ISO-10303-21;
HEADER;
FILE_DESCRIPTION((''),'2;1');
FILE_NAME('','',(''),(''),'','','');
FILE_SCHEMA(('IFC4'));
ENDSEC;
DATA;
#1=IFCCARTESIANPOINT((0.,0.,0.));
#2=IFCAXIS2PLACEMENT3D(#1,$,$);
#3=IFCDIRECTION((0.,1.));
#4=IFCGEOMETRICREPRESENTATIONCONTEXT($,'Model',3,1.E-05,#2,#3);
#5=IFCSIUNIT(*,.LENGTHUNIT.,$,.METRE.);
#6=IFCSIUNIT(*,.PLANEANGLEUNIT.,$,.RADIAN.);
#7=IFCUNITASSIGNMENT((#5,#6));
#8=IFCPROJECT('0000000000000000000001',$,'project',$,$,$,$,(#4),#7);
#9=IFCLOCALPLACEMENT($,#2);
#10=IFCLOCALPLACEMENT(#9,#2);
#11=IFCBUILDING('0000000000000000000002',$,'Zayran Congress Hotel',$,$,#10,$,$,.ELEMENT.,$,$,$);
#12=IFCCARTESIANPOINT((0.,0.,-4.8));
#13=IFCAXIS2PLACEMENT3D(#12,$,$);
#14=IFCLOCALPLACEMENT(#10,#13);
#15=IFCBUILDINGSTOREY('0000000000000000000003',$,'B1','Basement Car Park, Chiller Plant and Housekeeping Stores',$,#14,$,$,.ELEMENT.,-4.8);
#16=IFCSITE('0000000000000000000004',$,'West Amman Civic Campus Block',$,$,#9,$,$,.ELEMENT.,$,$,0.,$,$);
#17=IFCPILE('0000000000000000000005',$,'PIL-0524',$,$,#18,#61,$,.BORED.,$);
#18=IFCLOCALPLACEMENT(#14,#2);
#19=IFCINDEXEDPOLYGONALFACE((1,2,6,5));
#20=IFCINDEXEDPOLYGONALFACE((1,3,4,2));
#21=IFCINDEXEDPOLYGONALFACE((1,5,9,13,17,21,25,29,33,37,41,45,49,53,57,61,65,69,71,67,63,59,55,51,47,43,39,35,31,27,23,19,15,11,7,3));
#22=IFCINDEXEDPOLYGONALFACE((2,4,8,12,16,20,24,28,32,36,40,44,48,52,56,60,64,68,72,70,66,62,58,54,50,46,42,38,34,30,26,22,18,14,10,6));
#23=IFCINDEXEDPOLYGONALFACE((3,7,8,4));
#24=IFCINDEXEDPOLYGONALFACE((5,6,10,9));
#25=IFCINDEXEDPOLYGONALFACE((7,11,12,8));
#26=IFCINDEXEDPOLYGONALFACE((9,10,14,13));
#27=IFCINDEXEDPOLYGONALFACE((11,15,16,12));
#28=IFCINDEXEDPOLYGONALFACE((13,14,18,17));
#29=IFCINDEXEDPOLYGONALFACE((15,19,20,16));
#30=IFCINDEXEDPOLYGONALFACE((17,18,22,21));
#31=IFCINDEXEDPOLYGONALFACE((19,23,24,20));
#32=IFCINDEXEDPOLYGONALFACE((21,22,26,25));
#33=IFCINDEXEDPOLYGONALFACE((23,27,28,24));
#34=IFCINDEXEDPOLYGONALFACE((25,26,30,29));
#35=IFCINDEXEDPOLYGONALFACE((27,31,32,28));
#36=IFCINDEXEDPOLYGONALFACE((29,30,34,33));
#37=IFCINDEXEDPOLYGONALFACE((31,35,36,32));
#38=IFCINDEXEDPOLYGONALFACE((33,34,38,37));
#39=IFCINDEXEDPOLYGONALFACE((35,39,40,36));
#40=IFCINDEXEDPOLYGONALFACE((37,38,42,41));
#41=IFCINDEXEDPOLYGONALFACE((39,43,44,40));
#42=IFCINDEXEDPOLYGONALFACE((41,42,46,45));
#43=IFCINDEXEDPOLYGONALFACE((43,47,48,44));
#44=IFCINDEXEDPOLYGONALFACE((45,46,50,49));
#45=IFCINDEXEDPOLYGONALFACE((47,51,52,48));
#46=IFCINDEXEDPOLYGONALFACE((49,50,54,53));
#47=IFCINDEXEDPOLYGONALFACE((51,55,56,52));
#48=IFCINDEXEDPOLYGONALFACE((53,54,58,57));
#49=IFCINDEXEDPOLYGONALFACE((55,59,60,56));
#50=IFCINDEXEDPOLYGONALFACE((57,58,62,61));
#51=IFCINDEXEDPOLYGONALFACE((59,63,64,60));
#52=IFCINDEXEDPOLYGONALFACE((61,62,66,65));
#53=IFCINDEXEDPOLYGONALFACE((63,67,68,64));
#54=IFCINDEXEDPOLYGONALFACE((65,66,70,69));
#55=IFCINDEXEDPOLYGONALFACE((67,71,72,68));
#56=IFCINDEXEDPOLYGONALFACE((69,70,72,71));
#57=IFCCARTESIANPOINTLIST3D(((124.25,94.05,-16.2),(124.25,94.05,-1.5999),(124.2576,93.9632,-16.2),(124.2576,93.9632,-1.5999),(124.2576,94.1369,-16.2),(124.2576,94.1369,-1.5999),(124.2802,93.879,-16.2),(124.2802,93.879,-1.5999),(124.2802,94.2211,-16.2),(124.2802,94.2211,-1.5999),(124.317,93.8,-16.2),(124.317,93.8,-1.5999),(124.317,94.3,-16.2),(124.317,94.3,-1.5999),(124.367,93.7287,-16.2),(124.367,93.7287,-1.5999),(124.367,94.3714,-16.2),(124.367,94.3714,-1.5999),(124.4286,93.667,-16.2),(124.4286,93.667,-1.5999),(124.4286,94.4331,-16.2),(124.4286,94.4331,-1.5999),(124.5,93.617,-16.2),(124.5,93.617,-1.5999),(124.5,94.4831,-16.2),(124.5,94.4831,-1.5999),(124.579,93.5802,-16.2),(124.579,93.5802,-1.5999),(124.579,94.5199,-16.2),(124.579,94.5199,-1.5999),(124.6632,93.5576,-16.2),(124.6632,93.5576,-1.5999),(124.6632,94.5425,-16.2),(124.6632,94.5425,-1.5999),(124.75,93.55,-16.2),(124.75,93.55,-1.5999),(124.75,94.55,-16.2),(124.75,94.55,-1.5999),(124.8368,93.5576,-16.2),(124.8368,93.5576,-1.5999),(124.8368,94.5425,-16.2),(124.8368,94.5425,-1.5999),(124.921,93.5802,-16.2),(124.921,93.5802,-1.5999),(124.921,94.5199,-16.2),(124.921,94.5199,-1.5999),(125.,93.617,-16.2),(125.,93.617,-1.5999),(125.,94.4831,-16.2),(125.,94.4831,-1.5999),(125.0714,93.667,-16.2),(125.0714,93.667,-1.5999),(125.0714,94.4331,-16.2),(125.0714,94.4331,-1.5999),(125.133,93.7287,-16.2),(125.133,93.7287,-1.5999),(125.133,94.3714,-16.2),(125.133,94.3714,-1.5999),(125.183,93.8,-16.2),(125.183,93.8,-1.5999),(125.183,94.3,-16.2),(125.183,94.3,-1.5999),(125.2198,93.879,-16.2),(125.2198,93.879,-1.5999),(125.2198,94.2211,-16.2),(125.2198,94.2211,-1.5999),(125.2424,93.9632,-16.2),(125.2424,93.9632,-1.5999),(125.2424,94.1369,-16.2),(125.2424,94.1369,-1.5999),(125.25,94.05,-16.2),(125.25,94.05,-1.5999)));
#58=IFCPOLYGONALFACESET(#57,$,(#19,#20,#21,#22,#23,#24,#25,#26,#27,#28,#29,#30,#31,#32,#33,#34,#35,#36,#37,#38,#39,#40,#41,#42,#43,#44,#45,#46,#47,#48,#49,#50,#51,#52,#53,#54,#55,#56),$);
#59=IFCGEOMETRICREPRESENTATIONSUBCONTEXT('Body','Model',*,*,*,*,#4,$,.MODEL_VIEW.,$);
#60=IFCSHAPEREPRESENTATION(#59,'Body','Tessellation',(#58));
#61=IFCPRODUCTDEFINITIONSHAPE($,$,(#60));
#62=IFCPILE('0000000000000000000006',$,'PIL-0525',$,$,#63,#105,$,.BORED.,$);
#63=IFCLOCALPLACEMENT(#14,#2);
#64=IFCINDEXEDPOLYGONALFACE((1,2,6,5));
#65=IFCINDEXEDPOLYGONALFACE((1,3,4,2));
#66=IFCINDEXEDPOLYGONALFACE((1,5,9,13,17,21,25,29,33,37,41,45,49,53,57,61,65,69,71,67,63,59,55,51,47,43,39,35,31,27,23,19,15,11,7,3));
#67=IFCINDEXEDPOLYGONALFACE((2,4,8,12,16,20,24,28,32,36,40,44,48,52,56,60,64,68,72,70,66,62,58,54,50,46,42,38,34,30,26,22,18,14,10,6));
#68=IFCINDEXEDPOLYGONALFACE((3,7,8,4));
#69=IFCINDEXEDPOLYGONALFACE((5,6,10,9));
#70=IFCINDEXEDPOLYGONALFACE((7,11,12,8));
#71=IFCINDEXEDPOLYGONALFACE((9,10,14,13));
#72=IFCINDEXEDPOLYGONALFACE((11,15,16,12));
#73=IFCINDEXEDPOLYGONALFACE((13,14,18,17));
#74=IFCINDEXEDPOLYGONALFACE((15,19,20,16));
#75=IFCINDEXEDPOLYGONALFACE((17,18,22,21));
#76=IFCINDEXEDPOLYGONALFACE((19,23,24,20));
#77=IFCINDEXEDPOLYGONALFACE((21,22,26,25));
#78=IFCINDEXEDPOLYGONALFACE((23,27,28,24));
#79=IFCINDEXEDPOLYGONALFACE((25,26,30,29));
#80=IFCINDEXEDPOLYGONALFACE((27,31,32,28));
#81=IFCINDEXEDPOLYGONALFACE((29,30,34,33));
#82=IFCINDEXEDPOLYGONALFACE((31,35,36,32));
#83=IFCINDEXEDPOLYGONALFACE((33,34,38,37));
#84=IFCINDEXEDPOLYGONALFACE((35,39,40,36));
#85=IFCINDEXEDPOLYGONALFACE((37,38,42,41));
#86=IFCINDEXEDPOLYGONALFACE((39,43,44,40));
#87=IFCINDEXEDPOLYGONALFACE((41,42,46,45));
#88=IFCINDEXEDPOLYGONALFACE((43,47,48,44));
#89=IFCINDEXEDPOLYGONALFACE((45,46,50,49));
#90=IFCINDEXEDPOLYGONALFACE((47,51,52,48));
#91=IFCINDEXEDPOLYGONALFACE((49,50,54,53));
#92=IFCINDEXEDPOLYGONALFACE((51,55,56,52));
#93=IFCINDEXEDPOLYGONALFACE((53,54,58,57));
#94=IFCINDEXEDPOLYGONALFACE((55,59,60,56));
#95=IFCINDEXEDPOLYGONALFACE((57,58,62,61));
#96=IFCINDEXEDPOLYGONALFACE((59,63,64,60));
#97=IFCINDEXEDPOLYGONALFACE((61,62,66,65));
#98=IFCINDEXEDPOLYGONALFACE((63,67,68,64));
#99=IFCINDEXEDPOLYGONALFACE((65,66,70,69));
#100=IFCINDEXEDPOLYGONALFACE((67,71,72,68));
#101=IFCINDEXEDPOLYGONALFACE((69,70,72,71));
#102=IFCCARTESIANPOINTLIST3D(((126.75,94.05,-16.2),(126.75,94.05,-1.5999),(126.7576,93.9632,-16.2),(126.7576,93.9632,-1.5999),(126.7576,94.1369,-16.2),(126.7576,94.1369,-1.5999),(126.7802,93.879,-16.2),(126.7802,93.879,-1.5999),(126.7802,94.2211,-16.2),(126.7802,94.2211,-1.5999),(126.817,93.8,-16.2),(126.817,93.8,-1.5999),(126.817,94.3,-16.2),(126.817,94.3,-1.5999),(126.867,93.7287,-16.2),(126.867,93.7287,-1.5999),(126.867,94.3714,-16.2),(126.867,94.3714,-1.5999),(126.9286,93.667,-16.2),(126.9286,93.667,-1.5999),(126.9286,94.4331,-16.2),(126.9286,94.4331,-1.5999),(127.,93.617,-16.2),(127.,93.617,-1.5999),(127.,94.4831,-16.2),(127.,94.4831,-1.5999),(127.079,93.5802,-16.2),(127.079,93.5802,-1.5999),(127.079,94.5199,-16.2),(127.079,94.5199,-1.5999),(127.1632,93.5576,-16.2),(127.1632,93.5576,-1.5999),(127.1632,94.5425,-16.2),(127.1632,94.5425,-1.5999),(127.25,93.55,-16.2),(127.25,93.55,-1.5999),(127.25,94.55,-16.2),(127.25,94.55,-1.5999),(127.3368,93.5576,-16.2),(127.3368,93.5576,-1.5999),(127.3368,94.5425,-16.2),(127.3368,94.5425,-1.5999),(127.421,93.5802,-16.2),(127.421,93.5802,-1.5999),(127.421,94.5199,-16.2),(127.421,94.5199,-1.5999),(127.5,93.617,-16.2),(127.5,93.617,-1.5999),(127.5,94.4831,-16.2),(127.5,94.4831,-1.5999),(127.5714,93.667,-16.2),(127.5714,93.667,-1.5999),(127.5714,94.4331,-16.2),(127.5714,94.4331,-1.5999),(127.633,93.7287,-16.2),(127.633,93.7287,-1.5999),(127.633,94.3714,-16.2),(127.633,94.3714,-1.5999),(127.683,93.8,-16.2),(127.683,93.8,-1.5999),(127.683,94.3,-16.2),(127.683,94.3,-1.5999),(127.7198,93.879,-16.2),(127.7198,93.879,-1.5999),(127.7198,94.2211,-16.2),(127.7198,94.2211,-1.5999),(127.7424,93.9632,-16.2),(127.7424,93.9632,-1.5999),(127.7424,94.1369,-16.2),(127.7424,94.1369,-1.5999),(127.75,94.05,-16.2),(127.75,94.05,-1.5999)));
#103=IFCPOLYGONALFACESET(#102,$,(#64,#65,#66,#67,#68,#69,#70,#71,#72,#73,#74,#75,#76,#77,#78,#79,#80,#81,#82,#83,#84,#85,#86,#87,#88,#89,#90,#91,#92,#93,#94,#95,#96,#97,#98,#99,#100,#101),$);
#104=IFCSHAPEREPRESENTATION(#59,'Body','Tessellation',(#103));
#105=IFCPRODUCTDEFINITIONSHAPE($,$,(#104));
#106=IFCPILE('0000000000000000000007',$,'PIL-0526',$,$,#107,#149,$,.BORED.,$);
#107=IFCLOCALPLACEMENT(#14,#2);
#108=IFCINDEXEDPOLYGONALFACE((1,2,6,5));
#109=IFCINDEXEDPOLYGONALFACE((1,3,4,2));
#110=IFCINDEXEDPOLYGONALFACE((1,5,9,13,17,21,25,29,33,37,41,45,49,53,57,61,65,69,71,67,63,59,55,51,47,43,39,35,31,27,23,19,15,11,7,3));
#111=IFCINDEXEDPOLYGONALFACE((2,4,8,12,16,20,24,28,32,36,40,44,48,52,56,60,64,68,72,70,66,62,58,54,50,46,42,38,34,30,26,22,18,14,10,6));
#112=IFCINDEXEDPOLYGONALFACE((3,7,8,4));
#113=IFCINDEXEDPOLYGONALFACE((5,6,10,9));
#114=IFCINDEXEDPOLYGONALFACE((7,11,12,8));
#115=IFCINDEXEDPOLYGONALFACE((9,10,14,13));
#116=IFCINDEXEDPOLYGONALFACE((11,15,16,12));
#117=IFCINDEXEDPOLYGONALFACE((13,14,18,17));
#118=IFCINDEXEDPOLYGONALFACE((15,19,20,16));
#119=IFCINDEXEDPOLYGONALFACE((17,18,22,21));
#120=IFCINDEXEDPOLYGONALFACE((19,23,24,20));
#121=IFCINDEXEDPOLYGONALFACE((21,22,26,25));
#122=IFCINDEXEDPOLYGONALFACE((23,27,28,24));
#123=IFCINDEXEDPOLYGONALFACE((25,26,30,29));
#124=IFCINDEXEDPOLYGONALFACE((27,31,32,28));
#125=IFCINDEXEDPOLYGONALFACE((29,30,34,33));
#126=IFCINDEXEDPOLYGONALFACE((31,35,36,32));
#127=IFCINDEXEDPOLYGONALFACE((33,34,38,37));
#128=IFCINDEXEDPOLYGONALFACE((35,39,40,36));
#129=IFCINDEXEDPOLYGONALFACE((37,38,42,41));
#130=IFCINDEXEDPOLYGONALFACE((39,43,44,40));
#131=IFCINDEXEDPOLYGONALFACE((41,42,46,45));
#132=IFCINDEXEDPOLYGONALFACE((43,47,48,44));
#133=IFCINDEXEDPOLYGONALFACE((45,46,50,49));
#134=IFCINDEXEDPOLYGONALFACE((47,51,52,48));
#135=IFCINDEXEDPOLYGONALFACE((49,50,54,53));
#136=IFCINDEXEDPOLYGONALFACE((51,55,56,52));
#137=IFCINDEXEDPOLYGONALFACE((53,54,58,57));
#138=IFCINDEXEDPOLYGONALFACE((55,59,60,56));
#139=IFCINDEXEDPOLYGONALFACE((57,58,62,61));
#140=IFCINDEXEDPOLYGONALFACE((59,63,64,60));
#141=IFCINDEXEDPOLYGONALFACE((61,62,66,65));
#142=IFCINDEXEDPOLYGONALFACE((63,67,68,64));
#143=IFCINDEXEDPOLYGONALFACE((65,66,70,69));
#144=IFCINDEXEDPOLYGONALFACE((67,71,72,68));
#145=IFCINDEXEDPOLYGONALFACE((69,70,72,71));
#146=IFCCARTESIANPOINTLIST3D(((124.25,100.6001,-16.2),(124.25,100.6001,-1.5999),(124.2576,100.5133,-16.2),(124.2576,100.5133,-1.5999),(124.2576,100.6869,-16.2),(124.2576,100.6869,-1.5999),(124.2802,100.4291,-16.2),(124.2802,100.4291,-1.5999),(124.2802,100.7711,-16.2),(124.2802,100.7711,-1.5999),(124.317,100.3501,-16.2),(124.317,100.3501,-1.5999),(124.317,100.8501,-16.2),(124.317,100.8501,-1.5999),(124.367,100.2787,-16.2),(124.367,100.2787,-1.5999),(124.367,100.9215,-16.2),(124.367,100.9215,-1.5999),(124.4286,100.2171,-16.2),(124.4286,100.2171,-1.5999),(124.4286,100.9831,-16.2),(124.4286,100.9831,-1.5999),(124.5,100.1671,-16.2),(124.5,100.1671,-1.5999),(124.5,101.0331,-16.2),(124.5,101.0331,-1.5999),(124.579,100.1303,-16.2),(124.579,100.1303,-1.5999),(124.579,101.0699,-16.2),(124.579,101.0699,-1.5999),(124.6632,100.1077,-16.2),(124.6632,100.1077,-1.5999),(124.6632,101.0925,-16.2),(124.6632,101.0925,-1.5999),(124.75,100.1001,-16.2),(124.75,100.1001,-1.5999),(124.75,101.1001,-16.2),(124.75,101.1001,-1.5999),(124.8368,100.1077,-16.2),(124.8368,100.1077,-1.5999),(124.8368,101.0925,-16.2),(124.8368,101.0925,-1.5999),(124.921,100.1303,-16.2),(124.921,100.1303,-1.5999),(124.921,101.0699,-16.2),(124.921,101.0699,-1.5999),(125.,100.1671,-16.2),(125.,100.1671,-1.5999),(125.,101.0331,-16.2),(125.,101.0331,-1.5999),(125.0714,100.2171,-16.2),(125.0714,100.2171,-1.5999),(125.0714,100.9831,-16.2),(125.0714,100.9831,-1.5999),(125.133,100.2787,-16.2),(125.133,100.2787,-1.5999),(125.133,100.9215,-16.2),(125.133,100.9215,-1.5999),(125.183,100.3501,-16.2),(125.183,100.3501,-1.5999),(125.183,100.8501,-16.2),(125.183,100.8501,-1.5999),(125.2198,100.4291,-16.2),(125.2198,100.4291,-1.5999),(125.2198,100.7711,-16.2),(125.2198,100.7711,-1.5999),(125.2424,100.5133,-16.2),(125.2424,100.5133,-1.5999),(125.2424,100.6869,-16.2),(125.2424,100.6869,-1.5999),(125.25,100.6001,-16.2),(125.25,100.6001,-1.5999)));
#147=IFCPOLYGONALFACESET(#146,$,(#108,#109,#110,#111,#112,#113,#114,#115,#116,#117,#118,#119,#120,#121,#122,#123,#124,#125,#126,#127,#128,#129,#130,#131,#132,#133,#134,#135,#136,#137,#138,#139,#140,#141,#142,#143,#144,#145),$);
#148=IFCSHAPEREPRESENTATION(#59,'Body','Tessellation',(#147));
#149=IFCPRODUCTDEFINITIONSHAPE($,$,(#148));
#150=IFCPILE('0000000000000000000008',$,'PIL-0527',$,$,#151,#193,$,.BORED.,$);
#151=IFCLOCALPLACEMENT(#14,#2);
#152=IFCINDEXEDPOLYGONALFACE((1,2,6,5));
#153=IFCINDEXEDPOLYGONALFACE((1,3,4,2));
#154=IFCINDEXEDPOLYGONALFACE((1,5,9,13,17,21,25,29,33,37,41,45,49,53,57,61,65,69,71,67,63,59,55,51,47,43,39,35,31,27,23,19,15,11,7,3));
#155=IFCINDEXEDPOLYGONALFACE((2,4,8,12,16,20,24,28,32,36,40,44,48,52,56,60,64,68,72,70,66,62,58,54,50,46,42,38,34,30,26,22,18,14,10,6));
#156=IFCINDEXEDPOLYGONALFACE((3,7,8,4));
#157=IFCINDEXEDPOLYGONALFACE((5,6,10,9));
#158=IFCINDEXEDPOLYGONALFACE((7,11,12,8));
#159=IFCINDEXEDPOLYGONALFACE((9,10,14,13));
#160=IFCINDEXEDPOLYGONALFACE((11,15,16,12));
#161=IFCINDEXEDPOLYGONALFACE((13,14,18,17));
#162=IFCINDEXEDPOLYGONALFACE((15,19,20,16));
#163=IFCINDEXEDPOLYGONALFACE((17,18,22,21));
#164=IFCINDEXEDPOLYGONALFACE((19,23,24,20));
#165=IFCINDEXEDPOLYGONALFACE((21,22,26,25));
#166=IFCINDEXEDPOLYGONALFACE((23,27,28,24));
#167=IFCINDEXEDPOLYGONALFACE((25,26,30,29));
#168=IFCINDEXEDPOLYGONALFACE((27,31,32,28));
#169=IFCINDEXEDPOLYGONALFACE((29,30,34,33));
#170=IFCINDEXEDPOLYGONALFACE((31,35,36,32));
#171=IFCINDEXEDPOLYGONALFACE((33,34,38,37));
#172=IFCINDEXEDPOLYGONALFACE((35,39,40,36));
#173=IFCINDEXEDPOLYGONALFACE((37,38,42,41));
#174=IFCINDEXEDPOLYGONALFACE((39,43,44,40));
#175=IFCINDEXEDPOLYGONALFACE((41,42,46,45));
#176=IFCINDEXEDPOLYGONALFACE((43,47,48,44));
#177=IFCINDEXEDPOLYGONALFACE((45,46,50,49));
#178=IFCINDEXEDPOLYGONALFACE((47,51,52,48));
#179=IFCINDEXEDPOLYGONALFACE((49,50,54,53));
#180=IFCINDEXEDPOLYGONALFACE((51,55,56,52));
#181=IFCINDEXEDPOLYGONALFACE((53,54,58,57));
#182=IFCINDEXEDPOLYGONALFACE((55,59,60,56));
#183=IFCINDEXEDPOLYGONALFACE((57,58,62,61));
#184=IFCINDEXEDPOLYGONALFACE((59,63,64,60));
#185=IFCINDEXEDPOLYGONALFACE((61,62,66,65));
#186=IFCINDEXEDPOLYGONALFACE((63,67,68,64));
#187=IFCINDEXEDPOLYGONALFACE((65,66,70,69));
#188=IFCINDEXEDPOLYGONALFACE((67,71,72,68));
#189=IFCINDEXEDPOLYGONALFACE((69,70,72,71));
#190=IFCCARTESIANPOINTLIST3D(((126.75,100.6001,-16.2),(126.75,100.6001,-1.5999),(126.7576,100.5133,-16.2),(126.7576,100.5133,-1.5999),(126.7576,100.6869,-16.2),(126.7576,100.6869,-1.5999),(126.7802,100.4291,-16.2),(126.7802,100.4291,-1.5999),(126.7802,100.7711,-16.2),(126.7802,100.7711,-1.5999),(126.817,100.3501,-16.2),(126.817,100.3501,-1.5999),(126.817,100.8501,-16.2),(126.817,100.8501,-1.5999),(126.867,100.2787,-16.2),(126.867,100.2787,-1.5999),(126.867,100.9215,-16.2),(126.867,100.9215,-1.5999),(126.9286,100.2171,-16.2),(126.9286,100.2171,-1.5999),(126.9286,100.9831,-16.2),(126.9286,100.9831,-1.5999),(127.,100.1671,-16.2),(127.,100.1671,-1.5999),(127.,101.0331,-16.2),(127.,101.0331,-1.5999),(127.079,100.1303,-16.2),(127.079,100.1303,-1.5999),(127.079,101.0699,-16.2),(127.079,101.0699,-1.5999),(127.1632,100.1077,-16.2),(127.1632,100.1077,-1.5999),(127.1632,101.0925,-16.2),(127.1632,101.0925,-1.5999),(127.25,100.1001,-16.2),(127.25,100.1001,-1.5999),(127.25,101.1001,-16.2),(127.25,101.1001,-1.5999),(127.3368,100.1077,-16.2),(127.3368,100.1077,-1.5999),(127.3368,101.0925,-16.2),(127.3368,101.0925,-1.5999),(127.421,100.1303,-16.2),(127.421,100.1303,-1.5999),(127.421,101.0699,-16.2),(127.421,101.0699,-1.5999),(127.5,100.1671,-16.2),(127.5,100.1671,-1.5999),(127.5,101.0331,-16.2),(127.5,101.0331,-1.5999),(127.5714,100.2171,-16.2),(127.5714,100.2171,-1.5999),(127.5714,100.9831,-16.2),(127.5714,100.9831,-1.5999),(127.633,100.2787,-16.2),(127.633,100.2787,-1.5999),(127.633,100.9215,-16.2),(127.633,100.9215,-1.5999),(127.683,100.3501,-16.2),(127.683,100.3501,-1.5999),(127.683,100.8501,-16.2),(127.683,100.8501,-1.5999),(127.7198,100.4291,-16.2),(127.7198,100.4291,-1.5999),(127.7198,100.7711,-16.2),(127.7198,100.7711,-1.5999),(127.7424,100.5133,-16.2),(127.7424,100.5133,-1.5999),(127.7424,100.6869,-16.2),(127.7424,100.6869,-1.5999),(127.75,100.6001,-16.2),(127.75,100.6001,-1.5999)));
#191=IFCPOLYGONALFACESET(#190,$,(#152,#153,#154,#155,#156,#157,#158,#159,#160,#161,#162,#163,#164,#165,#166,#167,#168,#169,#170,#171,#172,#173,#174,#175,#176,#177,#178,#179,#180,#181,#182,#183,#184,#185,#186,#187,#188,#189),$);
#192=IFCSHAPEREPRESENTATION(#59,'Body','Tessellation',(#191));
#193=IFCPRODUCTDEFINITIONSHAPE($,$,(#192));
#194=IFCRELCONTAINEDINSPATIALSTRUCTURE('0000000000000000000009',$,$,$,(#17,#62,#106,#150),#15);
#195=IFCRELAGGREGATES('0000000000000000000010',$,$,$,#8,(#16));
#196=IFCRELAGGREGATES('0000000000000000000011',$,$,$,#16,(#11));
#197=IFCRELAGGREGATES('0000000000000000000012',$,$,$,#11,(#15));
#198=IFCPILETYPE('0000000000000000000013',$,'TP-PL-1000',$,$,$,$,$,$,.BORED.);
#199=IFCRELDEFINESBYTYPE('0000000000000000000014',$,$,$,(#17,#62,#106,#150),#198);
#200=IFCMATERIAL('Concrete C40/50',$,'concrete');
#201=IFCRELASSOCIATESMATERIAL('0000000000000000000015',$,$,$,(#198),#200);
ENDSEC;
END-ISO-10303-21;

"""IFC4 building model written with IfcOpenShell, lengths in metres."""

from ifc_helpers import new_model, si_unit, direction, frame, origin, origin_2d, place, context, subcontext, project, spatial, circle, extrude, material, material_profile, profile_set, type_object, element, save


model = new_model("IFC4")

# Units and contexts
model_context = context("Model", 3, precision=1e-05, world=origin(), true_north=direction((0.0, 1.0)))
body_context = subcontext(model_context, "Body", "Model", "MODEL_VIEW")
ifc_project = project(units=[si_unit("LENGTHUNIT", "METRE"), si_unit("PLANEANGLEUNIT", "RADIAN")], contexts=[model_context])

# Site, building, storey
site_placement = place(None, origin())
site = spatial("IfcSite", under=ifc_project, at=site_placement, Name="West Amman Civic Campus Block", CompositionType="ELEMENT", RefElevation=0.0)
building_placement = place(site_placement, origin())
building = spatial("IfcBuilding", under=site, at=building_placement, Name="Zayran Congress Hotel", CompositionType="ELEMENT")
storey_placement = place(building_placement, frame((0.0, 0.0, -4.8)))
storey = spatial("IfcBuildingStorey", under=building, at=storey_placement, Name="B1", Description="Basement Car Park, Chiller Plant and Housekeeping Stores", CompositionType="ELEMENT", Elevation=-4.8)

# Piles
ifc_material_1 = material(Name="Concrete C40/50", Category="concrete")
ifc_material_profile_1 = material_profile(ifc_material_1, circle(Radius=0.5, at=origin_2d()), Name="PILE D1000")
ifc_profile_set_1 = profile_set([ifc_material_profile_1], Name="Concrete C40/50")
pile_type = type_object("IfcPileType", Name="TP-PL-1000", PredefinedType="BORED", material=ifc_profile_set_1)
for number, where, z_axis, x_axis, name in (
    (1, (124.75, 94.05, -1.5999), (0.0, 0.0, -1.0), (1.0, 0.0, 0.0), "PIL-0524"),
    (2, (127.25, 94.05, -1.5999), (0.0, 0.0, -1.0), (1.0, 0.0, 0.0), "PIL-0525"),
    (3, (124.75, 100.6001, -1.5999), (0.0, 0.0, -1.0), (1.0, 0.0, 0.0), "PIL-0526"),
    (4, (127.25, 100.6001, -1.5999), (0.0, 0.0, -1.0), (1.0, 0.0, 0.0), "PIL-0527"),
):
    element("IfcPile", number, at=place(storey_placement, frame(where, z_axis=z_axis, x_axis=x_axis)), inside=storey, type_object=pile_type, Name=name, PredefinedType="BORED", context=body_context, shape_type="SweptSolid", body=[
        extrude(circle(Radius=0.5, at=origin_2d()), origin(), (0.0, 0.0, 1.0), 14.6001),
    ])

save(model, "model.ifc")
